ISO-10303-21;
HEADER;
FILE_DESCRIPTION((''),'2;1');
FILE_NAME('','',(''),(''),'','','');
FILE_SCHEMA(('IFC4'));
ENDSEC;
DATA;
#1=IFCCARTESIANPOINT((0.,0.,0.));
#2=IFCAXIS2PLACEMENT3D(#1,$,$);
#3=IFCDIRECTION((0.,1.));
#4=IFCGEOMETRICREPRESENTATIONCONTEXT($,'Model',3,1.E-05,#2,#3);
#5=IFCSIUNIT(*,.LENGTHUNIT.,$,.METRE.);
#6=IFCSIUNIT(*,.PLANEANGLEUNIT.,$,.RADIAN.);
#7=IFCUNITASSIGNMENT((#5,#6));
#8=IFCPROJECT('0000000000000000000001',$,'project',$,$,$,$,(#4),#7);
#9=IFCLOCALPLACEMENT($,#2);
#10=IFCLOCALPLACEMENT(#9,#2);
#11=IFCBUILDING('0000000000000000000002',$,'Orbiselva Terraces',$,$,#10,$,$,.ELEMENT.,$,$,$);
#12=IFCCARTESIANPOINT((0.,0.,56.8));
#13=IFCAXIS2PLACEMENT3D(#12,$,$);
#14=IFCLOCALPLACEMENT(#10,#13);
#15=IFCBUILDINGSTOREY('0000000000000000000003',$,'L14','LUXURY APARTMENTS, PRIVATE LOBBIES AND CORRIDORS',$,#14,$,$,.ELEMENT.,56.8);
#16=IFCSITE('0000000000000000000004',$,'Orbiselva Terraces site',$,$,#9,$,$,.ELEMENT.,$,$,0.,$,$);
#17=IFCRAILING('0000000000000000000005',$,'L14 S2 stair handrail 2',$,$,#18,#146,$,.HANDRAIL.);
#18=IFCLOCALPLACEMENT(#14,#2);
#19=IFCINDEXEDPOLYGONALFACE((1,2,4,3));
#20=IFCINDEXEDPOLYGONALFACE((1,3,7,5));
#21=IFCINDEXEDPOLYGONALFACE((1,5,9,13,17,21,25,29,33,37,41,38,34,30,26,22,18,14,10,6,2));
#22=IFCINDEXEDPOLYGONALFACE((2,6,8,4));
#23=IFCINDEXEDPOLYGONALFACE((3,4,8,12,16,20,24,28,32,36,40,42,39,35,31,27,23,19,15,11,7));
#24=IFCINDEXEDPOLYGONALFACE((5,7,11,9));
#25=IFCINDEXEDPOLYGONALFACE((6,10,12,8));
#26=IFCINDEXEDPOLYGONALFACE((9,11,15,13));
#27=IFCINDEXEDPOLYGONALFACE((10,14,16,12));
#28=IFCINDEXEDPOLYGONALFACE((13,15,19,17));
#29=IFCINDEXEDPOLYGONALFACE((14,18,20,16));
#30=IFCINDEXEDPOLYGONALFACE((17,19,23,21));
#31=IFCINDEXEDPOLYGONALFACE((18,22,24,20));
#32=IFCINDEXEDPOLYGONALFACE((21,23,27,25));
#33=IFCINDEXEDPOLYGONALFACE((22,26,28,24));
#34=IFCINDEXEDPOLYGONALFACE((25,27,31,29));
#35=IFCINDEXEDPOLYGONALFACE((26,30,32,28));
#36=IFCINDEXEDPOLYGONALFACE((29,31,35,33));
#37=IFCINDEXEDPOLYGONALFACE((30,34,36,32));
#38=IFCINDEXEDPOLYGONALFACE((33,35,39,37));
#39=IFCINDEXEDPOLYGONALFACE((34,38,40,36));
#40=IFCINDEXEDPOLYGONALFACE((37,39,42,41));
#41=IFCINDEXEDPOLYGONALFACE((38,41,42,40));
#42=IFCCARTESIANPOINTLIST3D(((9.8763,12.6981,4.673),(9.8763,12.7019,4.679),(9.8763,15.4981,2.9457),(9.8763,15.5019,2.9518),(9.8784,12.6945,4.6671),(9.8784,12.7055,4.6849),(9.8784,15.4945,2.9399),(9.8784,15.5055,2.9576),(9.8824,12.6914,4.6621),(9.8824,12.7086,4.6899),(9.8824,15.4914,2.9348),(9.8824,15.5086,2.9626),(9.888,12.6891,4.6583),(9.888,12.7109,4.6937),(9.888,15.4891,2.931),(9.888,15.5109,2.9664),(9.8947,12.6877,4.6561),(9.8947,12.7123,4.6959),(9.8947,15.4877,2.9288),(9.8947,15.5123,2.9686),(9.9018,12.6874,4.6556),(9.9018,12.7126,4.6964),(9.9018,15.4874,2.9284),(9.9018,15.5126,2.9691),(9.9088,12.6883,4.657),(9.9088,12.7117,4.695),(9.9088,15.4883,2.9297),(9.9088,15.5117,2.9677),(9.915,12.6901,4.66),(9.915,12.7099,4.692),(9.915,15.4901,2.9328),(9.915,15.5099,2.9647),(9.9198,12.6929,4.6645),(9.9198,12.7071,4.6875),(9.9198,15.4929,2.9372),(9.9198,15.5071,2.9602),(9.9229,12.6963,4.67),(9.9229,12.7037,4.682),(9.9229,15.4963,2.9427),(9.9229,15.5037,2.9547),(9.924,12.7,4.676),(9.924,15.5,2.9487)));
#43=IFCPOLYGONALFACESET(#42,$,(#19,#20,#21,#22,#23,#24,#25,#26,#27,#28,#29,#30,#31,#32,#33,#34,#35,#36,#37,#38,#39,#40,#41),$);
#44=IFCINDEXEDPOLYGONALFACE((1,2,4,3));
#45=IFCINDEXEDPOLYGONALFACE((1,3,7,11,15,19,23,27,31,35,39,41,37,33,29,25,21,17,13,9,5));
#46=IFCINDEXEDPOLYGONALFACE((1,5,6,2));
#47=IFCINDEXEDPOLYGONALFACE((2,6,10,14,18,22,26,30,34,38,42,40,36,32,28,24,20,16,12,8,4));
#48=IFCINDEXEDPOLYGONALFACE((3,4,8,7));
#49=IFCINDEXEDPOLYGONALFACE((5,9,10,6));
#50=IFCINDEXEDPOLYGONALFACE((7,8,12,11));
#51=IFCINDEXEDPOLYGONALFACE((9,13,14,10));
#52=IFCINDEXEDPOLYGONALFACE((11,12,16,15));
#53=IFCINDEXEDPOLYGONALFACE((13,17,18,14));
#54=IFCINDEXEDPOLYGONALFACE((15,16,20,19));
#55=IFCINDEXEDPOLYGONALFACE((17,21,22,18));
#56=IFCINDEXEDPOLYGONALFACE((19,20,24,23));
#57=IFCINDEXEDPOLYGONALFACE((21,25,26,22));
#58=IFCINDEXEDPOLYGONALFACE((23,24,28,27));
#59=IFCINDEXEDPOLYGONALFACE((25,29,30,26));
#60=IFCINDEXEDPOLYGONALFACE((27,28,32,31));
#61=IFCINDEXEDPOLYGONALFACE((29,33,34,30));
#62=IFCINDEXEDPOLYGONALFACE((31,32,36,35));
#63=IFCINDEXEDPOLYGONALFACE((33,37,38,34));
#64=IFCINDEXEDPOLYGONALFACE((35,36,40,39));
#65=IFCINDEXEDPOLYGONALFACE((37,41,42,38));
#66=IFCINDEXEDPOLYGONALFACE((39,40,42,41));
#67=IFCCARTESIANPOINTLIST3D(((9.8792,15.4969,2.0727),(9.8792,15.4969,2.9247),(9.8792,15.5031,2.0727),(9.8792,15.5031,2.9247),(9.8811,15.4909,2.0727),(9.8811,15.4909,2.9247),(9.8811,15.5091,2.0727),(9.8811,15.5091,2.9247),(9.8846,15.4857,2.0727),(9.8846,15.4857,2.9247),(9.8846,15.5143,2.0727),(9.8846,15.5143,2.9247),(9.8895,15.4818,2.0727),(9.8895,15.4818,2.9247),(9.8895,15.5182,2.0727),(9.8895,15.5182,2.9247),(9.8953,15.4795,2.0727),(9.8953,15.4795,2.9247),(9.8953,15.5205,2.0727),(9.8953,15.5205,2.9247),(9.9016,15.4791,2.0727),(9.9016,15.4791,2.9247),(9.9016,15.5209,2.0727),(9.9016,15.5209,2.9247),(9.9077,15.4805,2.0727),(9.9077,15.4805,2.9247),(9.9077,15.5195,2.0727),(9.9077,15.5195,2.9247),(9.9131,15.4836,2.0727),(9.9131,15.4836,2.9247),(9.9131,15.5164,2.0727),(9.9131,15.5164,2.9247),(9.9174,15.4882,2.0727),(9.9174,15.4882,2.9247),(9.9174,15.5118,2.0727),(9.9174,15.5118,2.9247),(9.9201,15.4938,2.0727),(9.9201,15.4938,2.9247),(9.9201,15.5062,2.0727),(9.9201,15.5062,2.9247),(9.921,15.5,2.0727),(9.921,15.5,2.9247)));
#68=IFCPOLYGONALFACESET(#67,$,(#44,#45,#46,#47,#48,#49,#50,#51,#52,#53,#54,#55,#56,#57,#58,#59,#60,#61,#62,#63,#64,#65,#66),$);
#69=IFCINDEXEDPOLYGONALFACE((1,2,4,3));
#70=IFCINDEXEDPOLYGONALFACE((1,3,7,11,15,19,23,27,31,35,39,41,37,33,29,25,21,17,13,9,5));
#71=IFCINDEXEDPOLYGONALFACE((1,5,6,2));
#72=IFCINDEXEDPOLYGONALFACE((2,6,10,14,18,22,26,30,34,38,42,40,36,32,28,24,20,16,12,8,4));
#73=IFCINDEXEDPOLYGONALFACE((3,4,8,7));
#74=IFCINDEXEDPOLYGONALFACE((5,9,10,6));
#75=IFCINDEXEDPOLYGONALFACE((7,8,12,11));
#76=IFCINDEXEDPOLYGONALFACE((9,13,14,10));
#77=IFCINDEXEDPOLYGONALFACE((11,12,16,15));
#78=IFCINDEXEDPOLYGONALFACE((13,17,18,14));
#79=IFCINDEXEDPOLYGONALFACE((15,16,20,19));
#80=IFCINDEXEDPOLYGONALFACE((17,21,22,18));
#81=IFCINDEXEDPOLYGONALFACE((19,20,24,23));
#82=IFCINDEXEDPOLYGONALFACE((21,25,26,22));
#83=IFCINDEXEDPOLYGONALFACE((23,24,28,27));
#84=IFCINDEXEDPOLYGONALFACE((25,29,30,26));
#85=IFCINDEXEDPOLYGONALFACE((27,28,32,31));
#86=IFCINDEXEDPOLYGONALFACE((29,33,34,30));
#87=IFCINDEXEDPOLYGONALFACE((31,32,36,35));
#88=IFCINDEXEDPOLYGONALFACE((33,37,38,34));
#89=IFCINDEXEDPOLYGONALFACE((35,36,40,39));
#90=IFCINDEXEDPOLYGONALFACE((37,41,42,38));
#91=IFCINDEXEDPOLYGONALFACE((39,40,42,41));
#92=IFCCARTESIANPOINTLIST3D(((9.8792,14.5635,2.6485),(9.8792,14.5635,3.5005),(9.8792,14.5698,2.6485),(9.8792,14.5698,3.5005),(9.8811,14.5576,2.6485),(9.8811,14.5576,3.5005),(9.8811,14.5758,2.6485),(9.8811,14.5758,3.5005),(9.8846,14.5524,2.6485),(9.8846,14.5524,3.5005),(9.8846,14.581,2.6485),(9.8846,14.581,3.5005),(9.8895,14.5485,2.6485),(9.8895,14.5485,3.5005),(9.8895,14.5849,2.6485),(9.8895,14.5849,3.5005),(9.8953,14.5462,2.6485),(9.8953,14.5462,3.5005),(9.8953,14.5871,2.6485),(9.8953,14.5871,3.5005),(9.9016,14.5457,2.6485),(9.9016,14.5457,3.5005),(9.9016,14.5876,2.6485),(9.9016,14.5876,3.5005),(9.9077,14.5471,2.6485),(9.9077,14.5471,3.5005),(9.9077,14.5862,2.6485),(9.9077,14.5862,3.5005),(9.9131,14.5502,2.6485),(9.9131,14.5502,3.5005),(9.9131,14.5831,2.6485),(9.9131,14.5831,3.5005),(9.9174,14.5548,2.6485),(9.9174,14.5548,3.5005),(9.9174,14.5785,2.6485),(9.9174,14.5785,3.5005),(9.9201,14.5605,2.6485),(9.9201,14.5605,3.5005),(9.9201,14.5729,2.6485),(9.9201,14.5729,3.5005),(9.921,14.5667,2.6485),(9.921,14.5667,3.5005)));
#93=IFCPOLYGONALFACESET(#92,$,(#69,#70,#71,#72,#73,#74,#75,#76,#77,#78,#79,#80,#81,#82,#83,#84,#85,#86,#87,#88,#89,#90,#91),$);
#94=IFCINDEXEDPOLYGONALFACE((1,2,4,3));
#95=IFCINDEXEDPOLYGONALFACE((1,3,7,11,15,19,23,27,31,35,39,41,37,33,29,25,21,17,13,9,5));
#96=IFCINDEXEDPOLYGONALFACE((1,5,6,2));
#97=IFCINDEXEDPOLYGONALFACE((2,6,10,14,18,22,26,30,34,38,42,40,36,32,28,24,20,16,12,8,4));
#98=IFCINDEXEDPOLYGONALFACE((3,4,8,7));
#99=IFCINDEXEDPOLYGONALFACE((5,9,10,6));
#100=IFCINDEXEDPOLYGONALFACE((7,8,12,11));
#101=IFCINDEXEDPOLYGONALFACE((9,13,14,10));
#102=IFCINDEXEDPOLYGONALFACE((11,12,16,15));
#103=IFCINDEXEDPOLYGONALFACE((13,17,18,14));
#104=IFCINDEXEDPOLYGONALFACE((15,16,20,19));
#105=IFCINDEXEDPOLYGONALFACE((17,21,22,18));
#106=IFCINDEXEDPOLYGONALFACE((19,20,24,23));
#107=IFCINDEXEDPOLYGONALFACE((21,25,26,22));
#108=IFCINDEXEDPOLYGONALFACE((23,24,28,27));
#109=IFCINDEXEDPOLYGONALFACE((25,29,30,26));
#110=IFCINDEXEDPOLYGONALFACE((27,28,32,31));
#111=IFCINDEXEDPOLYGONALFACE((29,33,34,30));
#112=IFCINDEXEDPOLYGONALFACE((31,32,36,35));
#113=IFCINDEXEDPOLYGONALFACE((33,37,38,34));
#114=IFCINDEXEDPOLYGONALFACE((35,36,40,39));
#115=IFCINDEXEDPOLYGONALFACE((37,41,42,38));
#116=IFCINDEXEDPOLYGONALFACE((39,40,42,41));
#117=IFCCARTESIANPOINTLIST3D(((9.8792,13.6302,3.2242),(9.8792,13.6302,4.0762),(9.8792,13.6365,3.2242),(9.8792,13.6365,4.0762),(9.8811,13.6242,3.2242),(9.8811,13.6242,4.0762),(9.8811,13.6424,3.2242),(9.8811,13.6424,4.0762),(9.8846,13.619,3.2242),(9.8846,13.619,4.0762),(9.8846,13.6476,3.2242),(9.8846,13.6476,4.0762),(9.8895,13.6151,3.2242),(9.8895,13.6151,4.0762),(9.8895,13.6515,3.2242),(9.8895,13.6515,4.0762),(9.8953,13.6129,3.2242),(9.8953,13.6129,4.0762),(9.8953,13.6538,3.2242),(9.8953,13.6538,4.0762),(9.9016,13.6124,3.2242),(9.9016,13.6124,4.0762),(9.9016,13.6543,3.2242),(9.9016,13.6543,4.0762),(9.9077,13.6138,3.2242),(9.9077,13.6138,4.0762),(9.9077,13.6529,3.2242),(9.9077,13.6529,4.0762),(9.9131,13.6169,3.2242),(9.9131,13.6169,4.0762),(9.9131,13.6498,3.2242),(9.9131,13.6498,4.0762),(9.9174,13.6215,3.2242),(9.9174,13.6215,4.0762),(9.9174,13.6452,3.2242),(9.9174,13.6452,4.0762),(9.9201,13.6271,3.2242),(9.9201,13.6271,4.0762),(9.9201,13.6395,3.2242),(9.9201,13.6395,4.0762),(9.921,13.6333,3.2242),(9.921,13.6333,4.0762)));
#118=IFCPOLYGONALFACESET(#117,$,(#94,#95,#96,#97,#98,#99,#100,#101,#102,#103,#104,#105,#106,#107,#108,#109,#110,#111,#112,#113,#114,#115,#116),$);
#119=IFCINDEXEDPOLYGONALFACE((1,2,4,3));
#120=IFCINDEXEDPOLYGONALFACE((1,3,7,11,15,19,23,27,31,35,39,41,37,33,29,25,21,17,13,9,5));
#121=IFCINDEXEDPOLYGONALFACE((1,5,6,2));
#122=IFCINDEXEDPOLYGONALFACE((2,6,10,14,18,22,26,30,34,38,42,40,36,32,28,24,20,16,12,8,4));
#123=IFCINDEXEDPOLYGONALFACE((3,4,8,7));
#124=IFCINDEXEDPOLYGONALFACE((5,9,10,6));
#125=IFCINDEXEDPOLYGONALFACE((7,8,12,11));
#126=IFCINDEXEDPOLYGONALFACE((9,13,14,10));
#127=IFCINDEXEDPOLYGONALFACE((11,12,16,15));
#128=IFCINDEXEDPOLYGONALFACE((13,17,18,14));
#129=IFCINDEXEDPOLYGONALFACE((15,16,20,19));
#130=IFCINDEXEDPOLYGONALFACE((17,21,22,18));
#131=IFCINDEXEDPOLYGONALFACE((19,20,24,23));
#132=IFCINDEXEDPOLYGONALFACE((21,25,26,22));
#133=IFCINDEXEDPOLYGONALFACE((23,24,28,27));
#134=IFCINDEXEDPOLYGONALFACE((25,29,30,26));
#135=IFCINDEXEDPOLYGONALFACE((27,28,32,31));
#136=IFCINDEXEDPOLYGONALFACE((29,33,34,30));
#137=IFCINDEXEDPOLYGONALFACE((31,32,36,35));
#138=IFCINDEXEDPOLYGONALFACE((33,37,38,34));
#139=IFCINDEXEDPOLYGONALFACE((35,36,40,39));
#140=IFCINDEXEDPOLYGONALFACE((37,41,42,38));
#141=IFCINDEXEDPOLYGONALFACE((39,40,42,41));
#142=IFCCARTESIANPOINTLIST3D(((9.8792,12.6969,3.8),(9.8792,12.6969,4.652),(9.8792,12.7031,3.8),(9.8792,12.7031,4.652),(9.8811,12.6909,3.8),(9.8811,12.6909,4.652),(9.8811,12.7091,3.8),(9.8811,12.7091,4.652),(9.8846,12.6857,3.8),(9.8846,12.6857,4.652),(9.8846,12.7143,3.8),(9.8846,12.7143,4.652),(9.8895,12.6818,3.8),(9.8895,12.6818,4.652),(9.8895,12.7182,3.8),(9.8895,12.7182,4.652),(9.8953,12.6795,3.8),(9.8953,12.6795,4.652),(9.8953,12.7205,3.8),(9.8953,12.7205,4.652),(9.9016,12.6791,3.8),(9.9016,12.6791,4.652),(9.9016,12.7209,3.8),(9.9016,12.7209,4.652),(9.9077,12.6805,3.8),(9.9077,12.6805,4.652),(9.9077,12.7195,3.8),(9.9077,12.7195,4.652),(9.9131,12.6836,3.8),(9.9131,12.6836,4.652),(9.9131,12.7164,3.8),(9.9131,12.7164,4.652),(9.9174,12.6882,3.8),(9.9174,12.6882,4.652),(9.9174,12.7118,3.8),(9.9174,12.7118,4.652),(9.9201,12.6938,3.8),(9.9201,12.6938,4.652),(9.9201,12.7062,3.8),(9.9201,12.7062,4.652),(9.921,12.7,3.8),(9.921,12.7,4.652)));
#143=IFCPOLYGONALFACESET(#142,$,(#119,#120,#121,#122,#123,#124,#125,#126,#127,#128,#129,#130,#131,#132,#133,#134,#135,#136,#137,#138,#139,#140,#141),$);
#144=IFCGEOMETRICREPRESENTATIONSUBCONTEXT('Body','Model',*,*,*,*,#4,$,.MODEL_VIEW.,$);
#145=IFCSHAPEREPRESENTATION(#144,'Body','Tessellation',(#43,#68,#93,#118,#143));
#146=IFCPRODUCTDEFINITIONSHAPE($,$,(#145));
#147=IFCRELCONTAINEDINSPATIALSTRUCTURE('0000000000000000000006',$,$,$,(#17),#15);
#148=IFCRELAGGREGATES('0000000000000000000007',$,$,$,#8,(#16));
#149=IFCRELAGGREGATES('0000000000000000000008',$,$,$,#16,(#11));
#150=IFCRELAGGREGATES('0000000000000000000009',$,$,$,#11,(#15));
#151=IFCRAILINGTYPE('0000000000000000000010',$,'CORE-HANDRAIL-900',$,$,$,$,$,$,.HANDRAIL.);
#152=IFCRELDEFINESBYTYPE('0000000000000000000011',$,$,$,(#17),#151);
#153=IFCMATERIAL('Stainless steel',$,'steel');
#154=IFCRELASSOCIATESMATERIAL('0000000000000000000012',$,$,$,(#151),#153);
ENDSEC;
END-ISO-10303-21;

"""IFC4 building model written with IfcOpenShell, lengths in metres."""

from ifc_helpers import new_model, si_unit, direction, frame, origin, origin_2d, place, context, subcontext, project, spatial, circle, extrude, material, type_object, element, save


model = new_model("IFC4")

# Units and contexts
model_context = context("Model", 3, precision=1e-05, world=origin(), true_north=direction((0.0, 1.0)))
body_context = subcontext(model_context, "Body", "Model", "MODEL_VIEW")
ifc_project = project(units=[si_unit("LENGTHUNIT", "METRE"), si_unit("PLANEANGLEUNIT", "RADIAN")], contexts=[model_context])

# Site, building, storey
site_placement = place(None, origin())
site = spatial("IfcSite", under=ifc_project, at=site_placement, Name="Orbiselva Terraces site", CompositionType="ELEMENT", RefElevation=0.0)
building_placement = place(site_placement, origin())
building = spatial("IfcBuilding", under=site, at=building_placement, Name="Orbiselva Terraces", CompositionType="ELEMENT")
storey_placement = place(building_placement, frame((0.0, 0.0, 56.8)))
storey = spatial("IfcBuildingStorey", under=building, at=storey_placement, Name="L14", Description="LUXURY APARTMENTS, PRIVATE LOBBIES AND CORRIDORS", CompositionType="ELEMENT", Elevation=56.8)

# Railing
ifc_material_1 = material(Name="Stainless steel", Category="steel")
railing_type = type_object("IfcRailingType", Name="CORE-HANDRAIL-900", PredefinedType="HANDRAIL", material=ifc_material_1)
railing_placement = place(storey_placement, frame((9.9, 15.5, 2.0727)))
element("IfcRailing", 1, at=railing_placement, inside=storey, type_object=railing_type, Name="L14 S2 stair handrail 2", PredefinedType="HANDRAIL", context=body_context, shape_type="SweptSolid", body=[
    extrude(circle(Radius=0.024, at=origin_2d()), frame((0.0, 0.0, 0.876), z_axis=(0.0, -0.851089, 0.525022), x_axis=(1.0, 0.0, 0.0)), (0.0, 0.0, 1.0), 3.2899),
    extrude(circle(Radius=0.021, at=origin_2d()), origin(), (0.0, 0.0, 1.0), 0.852),
    extrude(circle(Radius=0.021, at=origin_2d()), frame((0.0, -0.9333, 0.5758)), (0.0, 0.0, 1.0), 0.852),
    extrude(circle(Radius=0.021, at=origin_2d()), frame((0.0, -1.8667, 1.1515)), (0.0, 0.0, 1.0), 0.852),
    extrude(circle(Radius=0.021, at=origin_2d()), frame((0.0, -2.8, 1.7273)), (0.0, 0.0, 1.0), 0.852),
])

save(model, "model.ifc")
